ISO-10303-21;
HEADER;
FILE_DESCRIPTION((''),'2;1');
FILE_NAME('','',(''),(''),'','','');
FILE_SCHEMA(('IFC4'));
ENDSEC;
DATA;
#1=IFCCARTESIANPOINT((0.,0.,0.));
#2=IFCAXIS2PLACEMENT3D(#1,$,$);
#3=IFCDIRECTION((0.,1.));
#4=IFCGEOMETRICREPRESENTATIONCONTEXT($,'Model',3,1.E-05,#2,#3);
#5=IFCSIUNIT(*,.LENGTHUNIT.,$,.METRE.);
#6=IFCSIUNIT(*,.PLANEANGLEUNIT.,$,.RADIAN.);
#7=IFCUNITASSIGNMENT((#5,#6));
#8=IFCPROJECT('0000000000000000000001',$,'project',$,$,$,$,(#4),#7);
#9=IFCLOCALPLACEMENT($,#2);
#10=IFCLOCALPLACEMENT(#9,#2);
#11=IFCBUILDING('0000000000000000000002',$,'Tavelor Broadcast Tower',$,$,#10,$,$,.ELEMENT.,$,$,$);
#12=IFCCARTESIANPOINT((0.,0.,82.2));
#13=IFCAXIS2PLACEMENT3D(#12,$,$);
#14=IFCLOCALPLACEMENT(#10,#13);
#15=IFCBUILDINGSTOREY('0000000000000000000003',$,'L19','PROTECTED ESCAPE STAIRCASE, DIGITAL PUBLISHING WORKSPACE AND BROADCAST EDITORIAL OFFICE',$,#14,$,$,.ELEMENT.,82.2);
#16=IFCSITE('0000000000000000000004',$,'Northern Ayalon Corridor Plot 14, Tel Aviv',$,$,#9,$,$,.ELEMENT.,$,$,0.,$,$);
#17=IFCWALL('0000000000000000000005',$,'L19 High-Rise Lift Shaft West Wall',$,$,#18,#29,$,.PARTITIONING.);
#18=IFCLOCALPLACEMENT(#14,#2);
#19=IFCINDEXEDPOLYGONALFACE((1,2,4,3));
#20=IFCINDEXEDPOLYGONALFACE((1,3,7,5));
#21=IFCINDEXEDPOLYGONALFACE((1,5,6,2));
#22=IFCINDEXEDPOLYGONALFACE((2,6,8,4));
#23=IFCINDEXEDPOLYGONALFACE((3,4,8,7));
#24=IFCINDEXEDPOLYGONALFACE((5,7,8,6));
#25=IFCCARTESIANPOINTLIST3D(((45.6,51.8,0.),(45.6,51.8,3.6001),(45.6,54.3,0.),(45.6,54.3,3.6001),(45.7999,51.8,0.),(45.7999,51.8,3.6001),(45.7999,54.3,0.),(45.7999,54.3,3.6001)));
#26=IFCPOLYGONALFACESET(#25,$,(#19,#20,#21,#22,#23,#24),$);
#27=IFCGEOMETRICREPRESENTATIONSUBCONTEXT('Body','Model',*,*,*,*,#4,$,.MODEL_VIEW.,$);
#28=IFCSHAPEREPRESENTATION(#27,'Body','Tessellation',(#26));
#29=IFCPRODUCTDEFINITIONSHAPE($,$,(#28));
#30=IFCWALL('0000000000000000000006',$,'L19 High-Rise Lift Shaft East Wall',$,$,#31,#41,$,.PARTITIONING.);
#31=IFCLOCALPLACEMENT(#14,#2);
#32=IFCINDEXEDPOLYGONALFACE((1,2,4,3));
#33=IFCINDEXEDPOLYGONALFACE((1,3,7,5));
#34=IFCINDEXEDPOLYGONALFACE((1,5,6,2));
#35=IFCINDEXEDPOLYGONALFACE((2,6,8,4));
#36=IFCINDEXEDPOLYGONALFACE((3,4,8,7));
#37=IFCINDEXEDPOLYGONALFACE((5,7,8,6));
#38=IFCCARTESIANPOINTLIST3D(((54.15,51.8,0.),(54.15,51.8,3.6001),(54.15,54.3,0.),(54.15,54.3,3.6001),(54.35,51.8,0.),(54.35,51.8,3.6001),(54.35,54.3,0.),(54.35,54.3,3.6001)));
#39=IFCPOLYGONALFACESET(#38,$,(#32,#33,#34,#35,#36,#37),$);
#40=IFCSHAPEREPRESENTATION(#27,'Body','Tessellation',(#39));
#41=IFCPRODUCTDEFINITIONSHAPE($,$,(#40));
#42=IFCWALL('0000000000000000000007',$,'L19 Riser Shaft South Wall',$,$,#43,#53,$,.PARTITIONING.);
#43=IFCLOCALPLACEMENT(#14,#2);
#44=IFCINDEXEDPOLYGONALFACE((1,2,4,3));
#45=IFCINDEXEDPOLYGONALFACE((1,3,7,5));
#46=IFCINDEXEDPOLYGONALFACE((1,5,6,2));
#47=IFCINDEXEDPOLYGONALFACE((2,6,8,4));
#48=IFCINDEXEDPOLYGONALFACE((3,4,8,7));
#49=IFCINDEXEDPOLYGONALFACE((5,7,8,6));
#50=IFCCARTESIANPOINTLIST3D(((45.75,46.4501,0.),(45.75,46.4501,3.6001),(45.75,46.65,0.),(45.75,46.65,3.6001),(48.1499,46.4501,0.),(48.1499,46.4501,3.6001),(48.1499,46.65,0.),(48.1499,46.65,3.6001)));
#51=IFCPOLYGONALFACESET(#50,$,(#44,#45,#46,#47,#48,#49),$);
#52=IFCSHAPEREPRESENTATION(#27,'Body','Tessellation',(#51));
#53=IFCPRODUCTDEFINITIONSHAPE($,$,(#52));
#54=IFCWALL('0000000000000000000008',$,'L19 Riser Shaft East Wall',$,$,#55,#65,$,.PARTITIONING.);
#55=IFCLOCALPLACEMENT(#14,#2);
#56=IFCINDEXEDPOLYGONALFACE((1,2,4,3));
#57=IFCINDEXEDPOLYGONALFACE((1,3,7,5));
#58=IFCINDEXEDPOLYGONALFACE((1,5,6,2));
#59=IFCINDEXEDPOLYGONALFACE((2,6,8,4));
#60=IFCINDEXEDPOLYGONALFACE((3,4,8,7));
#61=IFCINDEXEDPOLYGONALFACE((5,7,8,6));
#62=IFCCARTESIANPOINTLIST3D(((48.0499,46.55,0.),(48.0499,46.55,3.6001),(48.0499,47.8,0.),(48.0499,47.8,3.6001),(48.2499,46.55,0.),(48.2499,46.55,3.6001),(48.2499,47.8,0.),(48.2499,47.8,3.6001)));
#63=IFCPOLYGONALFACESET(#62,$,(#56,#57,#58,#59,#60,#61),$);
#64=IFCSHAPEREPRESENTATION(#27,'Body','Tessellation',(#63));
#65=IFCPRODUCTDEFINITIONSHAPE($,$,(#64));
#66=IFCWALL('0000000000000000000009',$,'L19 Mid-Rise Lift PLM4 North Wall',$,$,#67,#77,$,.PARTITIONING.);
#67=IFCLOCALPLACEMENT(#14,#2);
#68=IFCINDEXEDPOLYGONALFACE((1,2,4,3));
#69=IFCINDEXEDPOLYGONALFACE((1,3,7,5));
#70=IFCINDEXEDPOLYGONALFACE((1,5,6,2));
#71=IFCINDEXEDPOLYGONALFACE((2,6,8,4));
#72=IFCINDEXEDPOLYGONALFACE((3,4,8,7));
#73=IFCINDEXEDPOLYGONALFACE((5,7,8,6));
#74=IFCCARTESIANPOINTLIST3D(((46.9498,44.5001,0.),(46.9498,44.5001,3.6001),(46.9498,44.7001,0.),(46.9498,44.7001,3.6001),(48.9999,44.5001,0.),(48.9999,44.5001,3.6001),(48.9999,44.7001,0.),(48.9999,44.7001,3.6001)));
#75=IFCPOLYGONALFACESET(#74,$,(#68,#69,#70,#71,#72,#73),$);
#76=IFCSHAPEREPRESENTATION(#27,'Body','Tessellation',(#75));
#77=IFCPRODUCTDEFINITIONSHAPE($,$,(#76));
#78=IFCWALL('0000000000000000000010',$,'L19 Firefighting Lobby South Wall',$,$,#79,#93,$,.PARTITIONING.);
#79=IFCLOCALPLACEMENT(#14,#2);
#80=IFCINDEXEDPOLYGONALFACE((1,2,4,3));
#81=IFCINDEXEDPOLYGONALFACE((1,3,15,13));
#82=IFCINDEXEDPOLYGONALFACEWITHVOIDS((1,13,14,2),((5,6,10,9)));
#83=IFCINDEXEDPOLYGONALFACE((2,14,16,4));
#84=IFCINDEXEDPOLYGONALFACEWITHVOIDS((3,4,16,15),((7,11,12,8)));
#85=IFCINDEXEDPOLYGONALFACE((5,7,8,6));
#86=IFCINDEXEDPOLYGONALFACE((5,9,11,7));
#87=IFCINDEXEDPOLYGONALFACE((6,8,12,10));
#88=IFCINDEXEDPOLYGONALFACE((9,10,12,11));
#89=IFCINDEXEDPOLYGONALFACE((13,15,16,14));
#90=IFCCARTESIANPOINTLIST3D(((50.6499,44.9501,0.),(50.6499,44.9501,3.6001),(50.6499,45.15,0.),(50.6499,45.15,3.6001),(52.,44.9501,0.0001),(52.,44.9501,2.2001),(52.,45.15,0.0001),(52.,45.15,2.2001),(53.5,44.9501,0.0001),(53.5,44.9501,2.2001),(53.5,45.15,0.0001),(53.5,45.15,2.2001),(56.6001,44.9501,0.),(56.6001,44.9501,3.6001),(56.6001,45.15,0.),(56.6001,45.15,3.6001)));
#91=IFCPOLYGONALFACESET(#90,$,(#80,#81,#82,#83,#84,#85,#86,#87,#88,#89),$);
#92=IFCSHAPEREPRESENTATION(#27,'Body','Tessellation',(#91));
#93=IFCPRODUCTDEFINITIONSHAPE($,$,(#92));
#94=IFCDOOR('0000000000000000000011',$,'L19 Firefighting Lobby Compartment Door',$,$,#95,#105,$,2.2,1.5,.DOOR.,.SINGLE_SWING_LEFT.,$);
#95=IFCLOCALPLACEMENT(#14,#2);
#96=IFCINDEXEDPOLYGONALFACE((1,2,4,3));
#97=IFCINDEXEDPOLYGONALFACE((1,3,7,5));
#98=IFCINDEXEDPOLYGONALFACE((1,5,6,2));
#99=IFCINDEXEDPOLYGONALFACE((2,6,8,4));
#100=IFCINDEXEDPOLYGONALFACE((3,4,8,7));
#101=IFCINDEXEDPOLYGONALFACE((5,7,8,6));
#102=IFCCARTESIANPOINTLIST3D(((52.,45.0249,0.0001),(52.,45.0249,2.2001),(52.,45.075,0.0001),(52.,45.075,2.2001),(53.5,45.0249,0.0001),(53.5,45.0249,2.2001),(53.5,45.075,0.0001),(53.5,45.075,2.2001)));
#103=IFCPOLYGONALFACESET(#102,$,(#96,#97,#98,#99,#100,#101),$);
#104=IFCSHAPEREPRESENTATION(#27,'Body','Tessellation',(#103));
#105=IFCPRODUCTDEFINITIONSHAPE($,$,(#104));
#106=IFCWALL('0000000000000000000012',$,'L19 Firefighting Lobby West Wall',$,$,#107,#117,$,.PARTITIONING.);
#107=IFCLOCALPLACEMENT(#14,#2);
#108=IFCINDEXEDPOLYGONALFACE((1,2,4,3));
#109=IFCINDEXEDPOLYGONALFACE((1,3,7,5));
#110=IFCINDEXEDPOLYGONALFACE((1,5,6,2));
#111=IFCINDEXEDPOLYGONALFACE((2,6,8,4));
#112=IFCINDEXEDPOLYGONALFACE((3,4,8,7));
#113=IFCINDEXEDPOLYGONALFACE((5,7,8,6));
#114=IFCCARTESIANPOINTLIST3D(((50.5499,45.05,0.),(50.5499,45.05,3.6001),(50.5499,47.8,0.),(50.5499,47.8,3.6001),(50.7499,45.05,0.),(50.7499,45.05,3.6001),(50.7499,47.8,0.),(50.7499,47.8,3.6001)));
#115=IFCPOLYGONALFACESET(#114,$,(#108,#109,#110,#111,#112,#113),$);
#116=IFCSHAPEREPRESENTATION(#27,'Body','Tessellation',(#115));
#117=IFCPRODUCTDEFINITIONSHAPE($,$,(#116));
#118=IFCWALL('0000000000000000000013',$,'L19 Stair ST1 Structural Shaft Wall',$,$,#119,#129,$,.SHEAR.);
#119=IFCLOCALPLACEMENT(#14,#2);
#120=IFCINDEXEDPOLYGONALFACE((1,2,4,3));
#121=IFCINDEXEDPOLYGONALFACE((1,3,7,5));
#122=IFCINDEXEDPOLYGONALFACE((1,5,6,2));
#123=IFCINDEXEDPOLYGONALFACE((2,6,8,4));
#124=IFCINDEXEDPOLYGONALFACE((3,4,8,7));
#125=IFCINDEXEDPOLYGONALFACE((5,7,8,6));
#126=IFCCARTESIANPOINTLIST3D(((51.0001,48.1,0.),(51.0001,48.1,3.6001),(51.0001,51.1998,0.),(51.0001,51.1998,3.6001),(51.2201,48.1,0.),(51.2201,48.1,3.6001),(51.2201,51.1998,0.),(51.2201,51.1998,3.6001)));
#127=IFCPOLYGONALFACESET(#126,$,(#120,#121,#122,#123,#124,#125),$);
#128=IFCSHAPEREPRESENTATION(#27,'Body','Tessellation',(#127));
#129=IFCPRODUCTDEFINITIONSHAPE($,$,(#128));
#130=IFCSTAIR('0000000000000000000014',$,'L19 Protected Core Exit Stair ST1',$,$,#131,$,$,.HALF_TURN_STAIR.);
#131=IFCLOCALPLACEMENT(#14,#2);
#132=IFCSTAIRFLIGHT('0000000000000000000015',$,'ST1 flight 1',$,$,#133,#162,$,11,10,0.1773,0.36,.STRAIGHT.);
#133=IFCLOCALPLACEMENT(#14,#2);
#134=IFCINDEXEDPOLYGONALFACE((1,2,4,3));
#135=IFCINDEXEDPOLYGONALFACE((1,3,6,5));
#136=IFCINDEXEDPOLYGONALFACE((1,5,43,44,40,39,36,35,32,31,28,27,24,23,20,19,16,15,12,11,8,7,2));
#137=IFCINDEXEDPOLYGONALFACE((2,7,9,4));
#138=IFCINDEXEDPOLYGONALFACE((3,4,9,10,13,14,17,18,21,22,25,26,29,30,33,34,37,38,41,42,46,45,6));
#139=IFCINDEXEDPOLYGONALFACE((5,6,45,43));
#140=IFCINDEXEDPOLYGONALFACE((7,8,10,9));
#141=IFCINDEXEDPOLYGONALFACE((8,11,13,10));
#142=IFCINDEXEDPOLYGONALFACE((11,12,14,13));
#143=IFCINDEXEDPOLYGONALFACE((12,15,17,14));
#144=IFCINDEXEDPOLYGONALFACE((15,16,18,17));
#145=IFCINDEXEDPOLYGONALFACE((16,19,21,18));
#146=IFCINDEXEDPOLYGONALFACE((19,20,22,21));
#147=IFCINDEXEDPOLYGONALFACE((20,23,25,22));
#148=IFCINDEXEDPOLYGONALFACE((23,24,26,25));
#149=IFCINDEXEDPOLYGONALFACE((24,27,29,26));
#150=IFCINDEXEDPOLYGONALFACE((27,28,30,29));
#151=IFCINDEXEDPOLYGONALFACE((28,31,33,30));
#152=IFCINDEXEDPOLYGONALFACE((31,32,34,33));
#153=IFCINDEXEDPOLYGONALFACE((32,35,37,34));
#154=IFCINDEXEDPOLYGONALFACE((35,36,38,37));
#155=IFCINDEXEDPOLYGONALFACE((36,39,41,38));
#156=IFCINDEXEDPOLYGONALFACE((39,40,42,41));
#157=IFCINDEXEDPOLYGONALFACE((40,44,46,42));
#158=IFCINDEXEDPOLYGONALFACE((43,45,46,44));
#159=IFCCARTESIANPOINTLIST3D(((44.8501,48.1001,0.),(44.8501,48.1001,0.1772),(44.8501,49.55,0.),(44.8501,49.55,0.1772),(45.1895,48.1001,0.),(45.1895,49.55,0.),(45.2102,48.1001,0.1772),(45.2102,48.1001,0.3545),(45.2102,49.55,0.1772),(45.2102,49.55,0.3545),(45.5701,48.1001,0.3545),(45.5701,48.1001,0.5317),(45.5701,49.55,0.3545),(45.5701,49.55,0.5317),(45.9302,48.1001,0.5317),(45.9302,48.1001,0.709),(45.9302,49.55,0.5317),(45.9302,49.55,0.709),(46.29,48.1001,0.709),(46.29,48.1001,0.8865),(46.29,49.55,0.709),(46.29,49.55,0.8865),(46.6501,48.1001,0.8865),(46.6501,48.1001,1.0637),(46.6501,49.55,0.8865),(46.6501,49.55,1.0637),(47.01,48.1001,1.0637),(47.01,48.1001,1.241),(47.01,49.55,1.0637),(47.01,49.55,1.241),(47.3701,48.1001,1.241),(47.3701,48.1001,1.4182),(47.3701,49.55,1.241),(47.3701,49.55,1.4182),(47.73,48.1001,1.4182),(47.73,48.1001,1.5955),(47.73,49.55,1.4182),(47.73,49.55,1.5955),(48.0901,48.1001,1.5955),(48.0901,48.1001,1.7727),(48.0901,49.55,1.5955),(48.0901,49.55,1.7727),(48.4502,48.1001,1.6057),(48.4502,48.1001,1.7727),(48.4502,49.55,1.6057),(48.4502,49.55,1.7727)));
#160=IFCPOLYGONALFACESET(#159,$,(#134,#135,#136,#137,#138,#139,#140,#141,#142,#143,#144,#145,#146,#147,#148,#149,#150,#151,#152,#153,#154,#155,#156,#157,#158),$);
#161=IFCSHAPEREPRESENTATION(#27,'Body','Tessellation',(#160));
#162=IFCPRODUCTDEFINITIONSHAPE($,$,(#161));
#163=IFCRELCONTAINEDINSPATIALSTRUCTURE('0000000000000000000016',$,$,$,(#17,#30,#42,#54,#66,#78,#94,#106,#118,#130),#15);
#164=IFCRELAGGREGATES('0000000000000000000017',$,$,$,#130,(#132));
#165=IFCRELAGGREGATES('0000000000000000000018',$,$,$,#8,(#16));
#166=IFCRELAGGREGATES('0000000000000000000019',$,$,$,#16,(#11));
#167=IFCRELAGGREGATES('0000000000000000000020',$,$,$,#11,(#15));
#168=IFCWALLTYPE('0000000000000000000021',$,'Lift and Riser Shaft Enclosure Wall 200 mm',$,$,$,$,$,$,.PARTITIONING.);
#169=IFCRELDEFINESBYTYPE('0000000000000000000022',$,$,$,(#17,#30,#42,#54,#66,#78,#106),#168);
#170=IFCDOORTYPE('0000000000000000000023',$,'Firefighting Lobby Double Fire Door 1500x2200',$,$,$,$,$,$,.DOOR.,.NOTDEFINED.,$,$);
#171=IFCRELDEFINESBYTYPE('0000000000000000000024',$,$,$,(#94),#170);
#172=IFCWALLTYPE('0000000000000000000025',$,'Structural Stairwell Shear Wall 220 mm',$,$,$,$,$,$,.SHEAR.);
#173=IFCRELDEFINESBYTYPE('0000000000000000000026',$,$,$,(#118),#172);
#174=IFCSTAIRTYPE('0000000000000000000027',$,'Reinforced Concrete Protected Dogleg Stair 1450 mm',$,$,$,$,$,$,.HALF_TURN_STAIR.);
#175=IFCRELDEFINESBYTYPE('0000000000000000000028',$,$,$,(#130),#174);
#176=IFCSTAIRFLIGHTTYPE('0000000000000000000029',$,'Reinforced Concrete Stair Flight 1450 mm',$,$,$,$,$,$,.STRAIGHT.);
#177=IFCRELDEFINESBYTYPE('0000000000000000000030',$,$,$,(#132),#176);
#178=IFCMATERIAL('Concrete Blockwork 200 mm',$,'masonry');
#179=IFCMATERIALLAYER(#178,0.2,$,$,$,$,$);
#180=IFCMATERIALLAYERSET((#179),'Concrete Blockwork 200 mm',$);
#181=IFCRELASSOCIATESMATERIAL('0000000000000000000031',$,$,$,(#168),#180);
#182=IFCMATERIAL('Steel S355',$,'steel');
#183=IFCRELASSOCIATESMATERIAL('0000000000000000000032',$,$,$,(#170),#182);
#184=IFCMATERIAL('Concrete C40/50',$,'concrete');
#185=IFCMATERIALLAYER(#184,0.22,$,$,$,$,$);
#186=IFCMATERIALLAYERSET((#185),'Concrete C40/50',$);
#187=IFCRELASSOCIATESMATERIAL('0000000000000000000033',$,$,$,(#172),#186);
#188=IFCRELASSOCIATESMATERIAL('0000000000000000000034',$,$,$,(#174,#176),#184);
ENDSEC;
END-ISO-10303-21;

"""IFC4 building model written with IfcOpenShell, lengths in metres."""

from ifc_helpers import new_model, si_unit, direction, frame, frame_2d, origin, place, context, subcontext, project, spatial, polyline, rectangle, outline, extrude, material, layer, layer_set, type_object, element, fill, aggregate, save


model = new_model("IFC4")

# Units and contexts
model_context = context("Model", 3, precision=1e-05, world=origin(), true_north=direction((0.0, 1.0)))
body_context = subcontext(model_context, "Body", "Model", "MODEL_VIEW")
ifc_project = project(units=[si_unit("LENGTHUNIT", "METRE"), si_unit("PLANEANGLEUNIT", "RADIAN")], contexts=[model_context])

# Site, building, storey
site_placement = place(None, origin())
site = spatial("IfcSite", under=ifc_project, at=site_placement, Name="Northern Ayalon Corridor Plot 14, Tel Aviv", CompositionType="ELEMENT", RefElevation=0.0)
building_placement = place(site_placement, origin())
building = spatial("IfcBuilding", under=site, at=building_placement, Name="Tavelor Broadcast Tower", CompositionType="ELEMENT")
storey_placement = place(building_placement, frame((0.0, 0.0, 82.2)))
storey = spatial("IfcBuildingStorey", under=building, at=storey_placement, Name="L19", Description="PROTECTED ESCAPE STAIRCASE, DIGITAL PUBLISHING WORKSPACE AND BROADCAST EDITORIAL OFFICE", CompositionType="ELEMENT", Elevation=82.2)

# Shared definitions
ifc_material_1 = material(Name="Concrete C40/50", Category="concrete")
ifc_material_2 = material(Name="Steel S355", Category="steel")

# Walls
ifc_material_3 = material(Name="Concrete Blockwork 200 mm", Category="masonry")
ifc_layer_1 = layer(ifc_material_3, 0.2)
ifc_layer_set_1 = layer_set([ifc_layer_1], Name="Concrete Blockwork 200 mm")
wall_type_1 = type_object("IfcWallType", Name="Lift and Riser Shaft Enclosure Wall 200 mm", PredefinedType="PARTITIONING", material=ifc_layer_set_1)
for number, where, z_axis, x_axis, name in (
    (1, (45.7, 51.8, 0.0), (0.0, 0.0, 1.0), (0.0, 1.0, 0.0), "L19 High-Rise Lift Shaft West Wall"),
    (2, (54.25, 51.8, 0.0), (0.0, 0.0, 1.0), (0.0, 1.0, 0.0), "L19 High-Rise Lift Shaft East Wall"),
):
    element("IfcWall", number, at=place(storey_placement, frame(where, z_axis=z_axis, x_axis=x_axis)), inside=storey, type_object=wall_type_1, Name=name, PredefinedType="PARTITIONING", context=body_context, shape_type="SweptSolid", body=[
        extrude(rectangle(XDim=2.5, YDim=0.2, at=frame_2d((1.25, 0.0))), origin(), (0.0, 0.0, 1.0), 3.6001),
    ])
wall_1_placement = place(storey_placement, frame((45.75, 46.55, 0.0), z_axis=(0.0, 0.0, 1.0), x_axis=(1.0, 0.0, 0.0)))
element("IfcWall", 3, at=wall_1_placement, inside=storey, type_object=wall_type_1, Name="L19 Riser Shaft South Wall", PredefinedType="PARTITIONING", context=body_context, shape_type="SweptSolid", body=[
    extrude(rectangle(XDim=2.3999, YDim=0.2, at=frame_2d((1.2, 0.0))), origin(), (0.0, 0.0, 1.0), 3.6001),
])
wall_2_placement = place(storey_placement, frame((48.1499, 46.55, 0.0), z_axis=(0.0, 0.0, 1.0), x_axis=(0.0, 1.0, 0.0)))
element("IfcWall", 4, at=wall_2_placement, inside=storey, type_object=wall_type_1, Name="L19 Riser Shaft East Wall", PredefinedType="PARTITIONING", context=body_context, shape_type="SweptSolid", body=[
    extrude(rectangle(XDim=1.25, YDim=0.2, at=frame_2d((0.625, 0.0))), origin(), (0.0, 0.0, 1.0), 3.6001),
])
wall_3_placement = place(storey_placement, frame((46.95, 44.6001, 0.0), z_axis=(0.0, 0.0, 1.0), x_axis=(1.0, 0.0, 0.0)))
element("IfcWall", 5, at=wall_3_placement, inside=storey, type_object=wall_type_1, Name="L19 Mid-Rise Lift PLM4 North Wall", PredefinedType="PARTITIONING", context=body_context, shape_type="SweptSolid", body=[
    extrude(rectangle(XDim=2.05, YDim=0.2, at=frame_2d((1.0249, 0.0))), origin(), (0.0, 0.0, 1.0), 3.6001),
])

# Wall, opening, door
wall_4_placement = place(storey_placement, frame((50.6499, 45.05, 0.0), z_axis=(0.0, 0.0, 1.0), x_axis=(1.0, 0.0, 0.0)))
wall_4 = element("IfcWall", 6, at=wall_4_placement, inside=storey, type_object=wall_type_1, Name="L19 Firefighting Lobby South Wall", PredefinedType="PARTITIONING", context=body_context, shape_type="SweptSolid", body=[
    extrude(rectangle(XDim=5.9502, YDim=0.2, at=frame_2d((2.9751, 0.0))), origin(), (0.0, 0.0, 1.0), 3.6001),
])
opening_1_placement = place(wall_4_placement, frame((1.3501, 0.0, 0.0)))
opening_1 = element("IfcOpeningElement", 7, at=opening_1_placement, cuts=wall_4, PredefinedType="OPENING", context=body_context, shape_type="SweptSolid", body=[
    extrude(rectangle(XDim=1.5, YDim=2.2, at=frame_2d((0.75, 1.1001))), frame((0.0, 0.1099, 0.0), z_axis=(0.0, -1.0, 0.0), x_axis=(1.0, 0.0, 0.0)), (0.0, 0.0, 1.0), 0.22),
])
door_type_1 = type_object("IfcDoorType", Name="Firefighting Lobby Double Fire Door 1500x2200", OperationType="NOTDEFINED", PredefinedType="DOOR", material=ifc_material_2)
door_1_placement = place(opening_1_placement, origin())
door_1 = element("IfcDoor", 8, at=door_1_placement, inside=storey, type_object=door_type_1, Name="L19 Firefighting Lobby Compartment Door", OperationType="SINGLE_SWING_LEFT", OverallHeight=2.2, OverallWidth=1.5, PredefinedType="DOOR", context=body_context, shape_type="SweptSolid", body=[
    extrude(rectangle(XDim=1.5, YDim=2.2, at=frame_2d((0.75, 1.1001))), frame((0.0, 0.0249, 0.0), z_axis=(0.0, -1.0, 0.0), x_axis=(1.0, 0.0, 0.0)), (0.0, 0.0, 1.0), 0.05),
])
fill(opening_1, door_1)

# Walls
wall_5_placement = place(storey_placement, frame((50.6499, 45.05, 0.0), z_axis=(0.0, 0.0, 1.0), x_axis=(0.0, 1.0, 0.0)))
element("IfcWall", 9, at=wall_5_placement, inside=storey, type_object=wall_type_1, Name="L19 Firefighting Lobby West Wall", PredefinedType="PARTITIONING", context=body_context, shape_type="SweptSolid", body=[
    extrude(rectangle(XDim=2.75, YDim=0.2, at=frame_2d((1.375, 0.0))), origin(), (0.0, 0.0, 1.0), 3.6001),
])
ifc_layer_2 = layer(ifc_material_1, 0.22)
ifc_layer_set_2 = layer_set([ifc_layer_2], Name="Concrete C40/50")
wall_type_2 = type_object("IfcWallType", Name="Structural Stairwell Shear Wall 220 mm", PredefinedType="SHEAR", material=ifc_layer_set_2)
wall_6_placement = place(storey_placement, frame((51.1101, 48.1001, 0.0), z_axis=(0.0, 0.0, 1.0), x_axis=(0.0, 1.0, 0.0)))
element("IfcWall", 10, at=wall_6_placement, inside=storey, type_object=wall_type_2, Name="L19 Stair ST1 Structural Shaft Wall", PredefinedType="SHEAR", context=body_context, shape_type="SweptSolid", body=[
    extrude(rectangle(XDim=3.0999, YDim=0.22, at=frame_2d((1.5498, 0.0))), origin(), (0.0, 0.0, 1.0), 3.6001),
])

# Stair, stair flight
stair_type = type_object("IfcStairType", Name="Reinforced Concrete Protected Dogleg Stair 1450 mm", PredefinedType="HALF_TURN_STAIR", material=ifc_material_1)
stair_placement = place(storey_placement, origin())
stair = element("IfcStair", 11, at=stair_placement, inside=storey, type_object=stair_type, Name="L19 Protected Core Exit Stair ST1", PredefinedType="HALF_TURN_STAIR")
stair_flight_type = type_object("IfcStairFlightType", Name="Reinforced Concrete Stair Flight 1450 mm", PredefinedType="STRAIGHT", material=ifc_material_1)
stair_flight_1_placement = place(storey_placement, frame((44.8501, 48.825, 0.0), z_axis=(0.0, 0.0, 1.0), x_axis=(1.0, 0.0, 0.0)))
stair_flight_1 = element("IfcStairFlight", 12, at=stair_flight_1_placement, type_object=stair_flight_type, Name="ST1 flight 1", NumberOfRisers=11, NumberOfTreads=10, PredefinedType="STRAIGHT", RiserHeight=0.1773, TreadLength=0.36, context=body_context, shape_type="SweptSolid", body=[
    extrude(outline(polyline([(0.0, 0.0), (0.0, 0.1772), (0.3601, 0.1772), (0.3601, 0.3545), (0.72, 0.3545), (0.72, 0.5317), (1.0801, 0.5317), (1.0801, 0.709), (1.4399, 0.709), (1.4399, 0.8865), (1.8, 0.8865), (1.8, 1.0637), (2.1599, 1.0637), (2.1599, 1.241), (2.52, 1.241), (2.52, 1.4182), (2.8799, 1.4182), (2.8799, 1.5955), (3.24, 1.5955), (3.24, 1.7727), (3.6001, 1.7727), (3.6001, 1.95), (3.6001, 1.6057), (0.3394, 0.0), (0.0, 0.0)])), frame((0.0, 0.7251, 0.0), z_axis=(0.0, -1.0, 0.0), x_axis=(1.0, 0.0, 0.0)), (0.0, 0.0, 1.0), 1.45),
])
aggregate(stair, [stair_flight_1])

save(model, "model.ifc")
